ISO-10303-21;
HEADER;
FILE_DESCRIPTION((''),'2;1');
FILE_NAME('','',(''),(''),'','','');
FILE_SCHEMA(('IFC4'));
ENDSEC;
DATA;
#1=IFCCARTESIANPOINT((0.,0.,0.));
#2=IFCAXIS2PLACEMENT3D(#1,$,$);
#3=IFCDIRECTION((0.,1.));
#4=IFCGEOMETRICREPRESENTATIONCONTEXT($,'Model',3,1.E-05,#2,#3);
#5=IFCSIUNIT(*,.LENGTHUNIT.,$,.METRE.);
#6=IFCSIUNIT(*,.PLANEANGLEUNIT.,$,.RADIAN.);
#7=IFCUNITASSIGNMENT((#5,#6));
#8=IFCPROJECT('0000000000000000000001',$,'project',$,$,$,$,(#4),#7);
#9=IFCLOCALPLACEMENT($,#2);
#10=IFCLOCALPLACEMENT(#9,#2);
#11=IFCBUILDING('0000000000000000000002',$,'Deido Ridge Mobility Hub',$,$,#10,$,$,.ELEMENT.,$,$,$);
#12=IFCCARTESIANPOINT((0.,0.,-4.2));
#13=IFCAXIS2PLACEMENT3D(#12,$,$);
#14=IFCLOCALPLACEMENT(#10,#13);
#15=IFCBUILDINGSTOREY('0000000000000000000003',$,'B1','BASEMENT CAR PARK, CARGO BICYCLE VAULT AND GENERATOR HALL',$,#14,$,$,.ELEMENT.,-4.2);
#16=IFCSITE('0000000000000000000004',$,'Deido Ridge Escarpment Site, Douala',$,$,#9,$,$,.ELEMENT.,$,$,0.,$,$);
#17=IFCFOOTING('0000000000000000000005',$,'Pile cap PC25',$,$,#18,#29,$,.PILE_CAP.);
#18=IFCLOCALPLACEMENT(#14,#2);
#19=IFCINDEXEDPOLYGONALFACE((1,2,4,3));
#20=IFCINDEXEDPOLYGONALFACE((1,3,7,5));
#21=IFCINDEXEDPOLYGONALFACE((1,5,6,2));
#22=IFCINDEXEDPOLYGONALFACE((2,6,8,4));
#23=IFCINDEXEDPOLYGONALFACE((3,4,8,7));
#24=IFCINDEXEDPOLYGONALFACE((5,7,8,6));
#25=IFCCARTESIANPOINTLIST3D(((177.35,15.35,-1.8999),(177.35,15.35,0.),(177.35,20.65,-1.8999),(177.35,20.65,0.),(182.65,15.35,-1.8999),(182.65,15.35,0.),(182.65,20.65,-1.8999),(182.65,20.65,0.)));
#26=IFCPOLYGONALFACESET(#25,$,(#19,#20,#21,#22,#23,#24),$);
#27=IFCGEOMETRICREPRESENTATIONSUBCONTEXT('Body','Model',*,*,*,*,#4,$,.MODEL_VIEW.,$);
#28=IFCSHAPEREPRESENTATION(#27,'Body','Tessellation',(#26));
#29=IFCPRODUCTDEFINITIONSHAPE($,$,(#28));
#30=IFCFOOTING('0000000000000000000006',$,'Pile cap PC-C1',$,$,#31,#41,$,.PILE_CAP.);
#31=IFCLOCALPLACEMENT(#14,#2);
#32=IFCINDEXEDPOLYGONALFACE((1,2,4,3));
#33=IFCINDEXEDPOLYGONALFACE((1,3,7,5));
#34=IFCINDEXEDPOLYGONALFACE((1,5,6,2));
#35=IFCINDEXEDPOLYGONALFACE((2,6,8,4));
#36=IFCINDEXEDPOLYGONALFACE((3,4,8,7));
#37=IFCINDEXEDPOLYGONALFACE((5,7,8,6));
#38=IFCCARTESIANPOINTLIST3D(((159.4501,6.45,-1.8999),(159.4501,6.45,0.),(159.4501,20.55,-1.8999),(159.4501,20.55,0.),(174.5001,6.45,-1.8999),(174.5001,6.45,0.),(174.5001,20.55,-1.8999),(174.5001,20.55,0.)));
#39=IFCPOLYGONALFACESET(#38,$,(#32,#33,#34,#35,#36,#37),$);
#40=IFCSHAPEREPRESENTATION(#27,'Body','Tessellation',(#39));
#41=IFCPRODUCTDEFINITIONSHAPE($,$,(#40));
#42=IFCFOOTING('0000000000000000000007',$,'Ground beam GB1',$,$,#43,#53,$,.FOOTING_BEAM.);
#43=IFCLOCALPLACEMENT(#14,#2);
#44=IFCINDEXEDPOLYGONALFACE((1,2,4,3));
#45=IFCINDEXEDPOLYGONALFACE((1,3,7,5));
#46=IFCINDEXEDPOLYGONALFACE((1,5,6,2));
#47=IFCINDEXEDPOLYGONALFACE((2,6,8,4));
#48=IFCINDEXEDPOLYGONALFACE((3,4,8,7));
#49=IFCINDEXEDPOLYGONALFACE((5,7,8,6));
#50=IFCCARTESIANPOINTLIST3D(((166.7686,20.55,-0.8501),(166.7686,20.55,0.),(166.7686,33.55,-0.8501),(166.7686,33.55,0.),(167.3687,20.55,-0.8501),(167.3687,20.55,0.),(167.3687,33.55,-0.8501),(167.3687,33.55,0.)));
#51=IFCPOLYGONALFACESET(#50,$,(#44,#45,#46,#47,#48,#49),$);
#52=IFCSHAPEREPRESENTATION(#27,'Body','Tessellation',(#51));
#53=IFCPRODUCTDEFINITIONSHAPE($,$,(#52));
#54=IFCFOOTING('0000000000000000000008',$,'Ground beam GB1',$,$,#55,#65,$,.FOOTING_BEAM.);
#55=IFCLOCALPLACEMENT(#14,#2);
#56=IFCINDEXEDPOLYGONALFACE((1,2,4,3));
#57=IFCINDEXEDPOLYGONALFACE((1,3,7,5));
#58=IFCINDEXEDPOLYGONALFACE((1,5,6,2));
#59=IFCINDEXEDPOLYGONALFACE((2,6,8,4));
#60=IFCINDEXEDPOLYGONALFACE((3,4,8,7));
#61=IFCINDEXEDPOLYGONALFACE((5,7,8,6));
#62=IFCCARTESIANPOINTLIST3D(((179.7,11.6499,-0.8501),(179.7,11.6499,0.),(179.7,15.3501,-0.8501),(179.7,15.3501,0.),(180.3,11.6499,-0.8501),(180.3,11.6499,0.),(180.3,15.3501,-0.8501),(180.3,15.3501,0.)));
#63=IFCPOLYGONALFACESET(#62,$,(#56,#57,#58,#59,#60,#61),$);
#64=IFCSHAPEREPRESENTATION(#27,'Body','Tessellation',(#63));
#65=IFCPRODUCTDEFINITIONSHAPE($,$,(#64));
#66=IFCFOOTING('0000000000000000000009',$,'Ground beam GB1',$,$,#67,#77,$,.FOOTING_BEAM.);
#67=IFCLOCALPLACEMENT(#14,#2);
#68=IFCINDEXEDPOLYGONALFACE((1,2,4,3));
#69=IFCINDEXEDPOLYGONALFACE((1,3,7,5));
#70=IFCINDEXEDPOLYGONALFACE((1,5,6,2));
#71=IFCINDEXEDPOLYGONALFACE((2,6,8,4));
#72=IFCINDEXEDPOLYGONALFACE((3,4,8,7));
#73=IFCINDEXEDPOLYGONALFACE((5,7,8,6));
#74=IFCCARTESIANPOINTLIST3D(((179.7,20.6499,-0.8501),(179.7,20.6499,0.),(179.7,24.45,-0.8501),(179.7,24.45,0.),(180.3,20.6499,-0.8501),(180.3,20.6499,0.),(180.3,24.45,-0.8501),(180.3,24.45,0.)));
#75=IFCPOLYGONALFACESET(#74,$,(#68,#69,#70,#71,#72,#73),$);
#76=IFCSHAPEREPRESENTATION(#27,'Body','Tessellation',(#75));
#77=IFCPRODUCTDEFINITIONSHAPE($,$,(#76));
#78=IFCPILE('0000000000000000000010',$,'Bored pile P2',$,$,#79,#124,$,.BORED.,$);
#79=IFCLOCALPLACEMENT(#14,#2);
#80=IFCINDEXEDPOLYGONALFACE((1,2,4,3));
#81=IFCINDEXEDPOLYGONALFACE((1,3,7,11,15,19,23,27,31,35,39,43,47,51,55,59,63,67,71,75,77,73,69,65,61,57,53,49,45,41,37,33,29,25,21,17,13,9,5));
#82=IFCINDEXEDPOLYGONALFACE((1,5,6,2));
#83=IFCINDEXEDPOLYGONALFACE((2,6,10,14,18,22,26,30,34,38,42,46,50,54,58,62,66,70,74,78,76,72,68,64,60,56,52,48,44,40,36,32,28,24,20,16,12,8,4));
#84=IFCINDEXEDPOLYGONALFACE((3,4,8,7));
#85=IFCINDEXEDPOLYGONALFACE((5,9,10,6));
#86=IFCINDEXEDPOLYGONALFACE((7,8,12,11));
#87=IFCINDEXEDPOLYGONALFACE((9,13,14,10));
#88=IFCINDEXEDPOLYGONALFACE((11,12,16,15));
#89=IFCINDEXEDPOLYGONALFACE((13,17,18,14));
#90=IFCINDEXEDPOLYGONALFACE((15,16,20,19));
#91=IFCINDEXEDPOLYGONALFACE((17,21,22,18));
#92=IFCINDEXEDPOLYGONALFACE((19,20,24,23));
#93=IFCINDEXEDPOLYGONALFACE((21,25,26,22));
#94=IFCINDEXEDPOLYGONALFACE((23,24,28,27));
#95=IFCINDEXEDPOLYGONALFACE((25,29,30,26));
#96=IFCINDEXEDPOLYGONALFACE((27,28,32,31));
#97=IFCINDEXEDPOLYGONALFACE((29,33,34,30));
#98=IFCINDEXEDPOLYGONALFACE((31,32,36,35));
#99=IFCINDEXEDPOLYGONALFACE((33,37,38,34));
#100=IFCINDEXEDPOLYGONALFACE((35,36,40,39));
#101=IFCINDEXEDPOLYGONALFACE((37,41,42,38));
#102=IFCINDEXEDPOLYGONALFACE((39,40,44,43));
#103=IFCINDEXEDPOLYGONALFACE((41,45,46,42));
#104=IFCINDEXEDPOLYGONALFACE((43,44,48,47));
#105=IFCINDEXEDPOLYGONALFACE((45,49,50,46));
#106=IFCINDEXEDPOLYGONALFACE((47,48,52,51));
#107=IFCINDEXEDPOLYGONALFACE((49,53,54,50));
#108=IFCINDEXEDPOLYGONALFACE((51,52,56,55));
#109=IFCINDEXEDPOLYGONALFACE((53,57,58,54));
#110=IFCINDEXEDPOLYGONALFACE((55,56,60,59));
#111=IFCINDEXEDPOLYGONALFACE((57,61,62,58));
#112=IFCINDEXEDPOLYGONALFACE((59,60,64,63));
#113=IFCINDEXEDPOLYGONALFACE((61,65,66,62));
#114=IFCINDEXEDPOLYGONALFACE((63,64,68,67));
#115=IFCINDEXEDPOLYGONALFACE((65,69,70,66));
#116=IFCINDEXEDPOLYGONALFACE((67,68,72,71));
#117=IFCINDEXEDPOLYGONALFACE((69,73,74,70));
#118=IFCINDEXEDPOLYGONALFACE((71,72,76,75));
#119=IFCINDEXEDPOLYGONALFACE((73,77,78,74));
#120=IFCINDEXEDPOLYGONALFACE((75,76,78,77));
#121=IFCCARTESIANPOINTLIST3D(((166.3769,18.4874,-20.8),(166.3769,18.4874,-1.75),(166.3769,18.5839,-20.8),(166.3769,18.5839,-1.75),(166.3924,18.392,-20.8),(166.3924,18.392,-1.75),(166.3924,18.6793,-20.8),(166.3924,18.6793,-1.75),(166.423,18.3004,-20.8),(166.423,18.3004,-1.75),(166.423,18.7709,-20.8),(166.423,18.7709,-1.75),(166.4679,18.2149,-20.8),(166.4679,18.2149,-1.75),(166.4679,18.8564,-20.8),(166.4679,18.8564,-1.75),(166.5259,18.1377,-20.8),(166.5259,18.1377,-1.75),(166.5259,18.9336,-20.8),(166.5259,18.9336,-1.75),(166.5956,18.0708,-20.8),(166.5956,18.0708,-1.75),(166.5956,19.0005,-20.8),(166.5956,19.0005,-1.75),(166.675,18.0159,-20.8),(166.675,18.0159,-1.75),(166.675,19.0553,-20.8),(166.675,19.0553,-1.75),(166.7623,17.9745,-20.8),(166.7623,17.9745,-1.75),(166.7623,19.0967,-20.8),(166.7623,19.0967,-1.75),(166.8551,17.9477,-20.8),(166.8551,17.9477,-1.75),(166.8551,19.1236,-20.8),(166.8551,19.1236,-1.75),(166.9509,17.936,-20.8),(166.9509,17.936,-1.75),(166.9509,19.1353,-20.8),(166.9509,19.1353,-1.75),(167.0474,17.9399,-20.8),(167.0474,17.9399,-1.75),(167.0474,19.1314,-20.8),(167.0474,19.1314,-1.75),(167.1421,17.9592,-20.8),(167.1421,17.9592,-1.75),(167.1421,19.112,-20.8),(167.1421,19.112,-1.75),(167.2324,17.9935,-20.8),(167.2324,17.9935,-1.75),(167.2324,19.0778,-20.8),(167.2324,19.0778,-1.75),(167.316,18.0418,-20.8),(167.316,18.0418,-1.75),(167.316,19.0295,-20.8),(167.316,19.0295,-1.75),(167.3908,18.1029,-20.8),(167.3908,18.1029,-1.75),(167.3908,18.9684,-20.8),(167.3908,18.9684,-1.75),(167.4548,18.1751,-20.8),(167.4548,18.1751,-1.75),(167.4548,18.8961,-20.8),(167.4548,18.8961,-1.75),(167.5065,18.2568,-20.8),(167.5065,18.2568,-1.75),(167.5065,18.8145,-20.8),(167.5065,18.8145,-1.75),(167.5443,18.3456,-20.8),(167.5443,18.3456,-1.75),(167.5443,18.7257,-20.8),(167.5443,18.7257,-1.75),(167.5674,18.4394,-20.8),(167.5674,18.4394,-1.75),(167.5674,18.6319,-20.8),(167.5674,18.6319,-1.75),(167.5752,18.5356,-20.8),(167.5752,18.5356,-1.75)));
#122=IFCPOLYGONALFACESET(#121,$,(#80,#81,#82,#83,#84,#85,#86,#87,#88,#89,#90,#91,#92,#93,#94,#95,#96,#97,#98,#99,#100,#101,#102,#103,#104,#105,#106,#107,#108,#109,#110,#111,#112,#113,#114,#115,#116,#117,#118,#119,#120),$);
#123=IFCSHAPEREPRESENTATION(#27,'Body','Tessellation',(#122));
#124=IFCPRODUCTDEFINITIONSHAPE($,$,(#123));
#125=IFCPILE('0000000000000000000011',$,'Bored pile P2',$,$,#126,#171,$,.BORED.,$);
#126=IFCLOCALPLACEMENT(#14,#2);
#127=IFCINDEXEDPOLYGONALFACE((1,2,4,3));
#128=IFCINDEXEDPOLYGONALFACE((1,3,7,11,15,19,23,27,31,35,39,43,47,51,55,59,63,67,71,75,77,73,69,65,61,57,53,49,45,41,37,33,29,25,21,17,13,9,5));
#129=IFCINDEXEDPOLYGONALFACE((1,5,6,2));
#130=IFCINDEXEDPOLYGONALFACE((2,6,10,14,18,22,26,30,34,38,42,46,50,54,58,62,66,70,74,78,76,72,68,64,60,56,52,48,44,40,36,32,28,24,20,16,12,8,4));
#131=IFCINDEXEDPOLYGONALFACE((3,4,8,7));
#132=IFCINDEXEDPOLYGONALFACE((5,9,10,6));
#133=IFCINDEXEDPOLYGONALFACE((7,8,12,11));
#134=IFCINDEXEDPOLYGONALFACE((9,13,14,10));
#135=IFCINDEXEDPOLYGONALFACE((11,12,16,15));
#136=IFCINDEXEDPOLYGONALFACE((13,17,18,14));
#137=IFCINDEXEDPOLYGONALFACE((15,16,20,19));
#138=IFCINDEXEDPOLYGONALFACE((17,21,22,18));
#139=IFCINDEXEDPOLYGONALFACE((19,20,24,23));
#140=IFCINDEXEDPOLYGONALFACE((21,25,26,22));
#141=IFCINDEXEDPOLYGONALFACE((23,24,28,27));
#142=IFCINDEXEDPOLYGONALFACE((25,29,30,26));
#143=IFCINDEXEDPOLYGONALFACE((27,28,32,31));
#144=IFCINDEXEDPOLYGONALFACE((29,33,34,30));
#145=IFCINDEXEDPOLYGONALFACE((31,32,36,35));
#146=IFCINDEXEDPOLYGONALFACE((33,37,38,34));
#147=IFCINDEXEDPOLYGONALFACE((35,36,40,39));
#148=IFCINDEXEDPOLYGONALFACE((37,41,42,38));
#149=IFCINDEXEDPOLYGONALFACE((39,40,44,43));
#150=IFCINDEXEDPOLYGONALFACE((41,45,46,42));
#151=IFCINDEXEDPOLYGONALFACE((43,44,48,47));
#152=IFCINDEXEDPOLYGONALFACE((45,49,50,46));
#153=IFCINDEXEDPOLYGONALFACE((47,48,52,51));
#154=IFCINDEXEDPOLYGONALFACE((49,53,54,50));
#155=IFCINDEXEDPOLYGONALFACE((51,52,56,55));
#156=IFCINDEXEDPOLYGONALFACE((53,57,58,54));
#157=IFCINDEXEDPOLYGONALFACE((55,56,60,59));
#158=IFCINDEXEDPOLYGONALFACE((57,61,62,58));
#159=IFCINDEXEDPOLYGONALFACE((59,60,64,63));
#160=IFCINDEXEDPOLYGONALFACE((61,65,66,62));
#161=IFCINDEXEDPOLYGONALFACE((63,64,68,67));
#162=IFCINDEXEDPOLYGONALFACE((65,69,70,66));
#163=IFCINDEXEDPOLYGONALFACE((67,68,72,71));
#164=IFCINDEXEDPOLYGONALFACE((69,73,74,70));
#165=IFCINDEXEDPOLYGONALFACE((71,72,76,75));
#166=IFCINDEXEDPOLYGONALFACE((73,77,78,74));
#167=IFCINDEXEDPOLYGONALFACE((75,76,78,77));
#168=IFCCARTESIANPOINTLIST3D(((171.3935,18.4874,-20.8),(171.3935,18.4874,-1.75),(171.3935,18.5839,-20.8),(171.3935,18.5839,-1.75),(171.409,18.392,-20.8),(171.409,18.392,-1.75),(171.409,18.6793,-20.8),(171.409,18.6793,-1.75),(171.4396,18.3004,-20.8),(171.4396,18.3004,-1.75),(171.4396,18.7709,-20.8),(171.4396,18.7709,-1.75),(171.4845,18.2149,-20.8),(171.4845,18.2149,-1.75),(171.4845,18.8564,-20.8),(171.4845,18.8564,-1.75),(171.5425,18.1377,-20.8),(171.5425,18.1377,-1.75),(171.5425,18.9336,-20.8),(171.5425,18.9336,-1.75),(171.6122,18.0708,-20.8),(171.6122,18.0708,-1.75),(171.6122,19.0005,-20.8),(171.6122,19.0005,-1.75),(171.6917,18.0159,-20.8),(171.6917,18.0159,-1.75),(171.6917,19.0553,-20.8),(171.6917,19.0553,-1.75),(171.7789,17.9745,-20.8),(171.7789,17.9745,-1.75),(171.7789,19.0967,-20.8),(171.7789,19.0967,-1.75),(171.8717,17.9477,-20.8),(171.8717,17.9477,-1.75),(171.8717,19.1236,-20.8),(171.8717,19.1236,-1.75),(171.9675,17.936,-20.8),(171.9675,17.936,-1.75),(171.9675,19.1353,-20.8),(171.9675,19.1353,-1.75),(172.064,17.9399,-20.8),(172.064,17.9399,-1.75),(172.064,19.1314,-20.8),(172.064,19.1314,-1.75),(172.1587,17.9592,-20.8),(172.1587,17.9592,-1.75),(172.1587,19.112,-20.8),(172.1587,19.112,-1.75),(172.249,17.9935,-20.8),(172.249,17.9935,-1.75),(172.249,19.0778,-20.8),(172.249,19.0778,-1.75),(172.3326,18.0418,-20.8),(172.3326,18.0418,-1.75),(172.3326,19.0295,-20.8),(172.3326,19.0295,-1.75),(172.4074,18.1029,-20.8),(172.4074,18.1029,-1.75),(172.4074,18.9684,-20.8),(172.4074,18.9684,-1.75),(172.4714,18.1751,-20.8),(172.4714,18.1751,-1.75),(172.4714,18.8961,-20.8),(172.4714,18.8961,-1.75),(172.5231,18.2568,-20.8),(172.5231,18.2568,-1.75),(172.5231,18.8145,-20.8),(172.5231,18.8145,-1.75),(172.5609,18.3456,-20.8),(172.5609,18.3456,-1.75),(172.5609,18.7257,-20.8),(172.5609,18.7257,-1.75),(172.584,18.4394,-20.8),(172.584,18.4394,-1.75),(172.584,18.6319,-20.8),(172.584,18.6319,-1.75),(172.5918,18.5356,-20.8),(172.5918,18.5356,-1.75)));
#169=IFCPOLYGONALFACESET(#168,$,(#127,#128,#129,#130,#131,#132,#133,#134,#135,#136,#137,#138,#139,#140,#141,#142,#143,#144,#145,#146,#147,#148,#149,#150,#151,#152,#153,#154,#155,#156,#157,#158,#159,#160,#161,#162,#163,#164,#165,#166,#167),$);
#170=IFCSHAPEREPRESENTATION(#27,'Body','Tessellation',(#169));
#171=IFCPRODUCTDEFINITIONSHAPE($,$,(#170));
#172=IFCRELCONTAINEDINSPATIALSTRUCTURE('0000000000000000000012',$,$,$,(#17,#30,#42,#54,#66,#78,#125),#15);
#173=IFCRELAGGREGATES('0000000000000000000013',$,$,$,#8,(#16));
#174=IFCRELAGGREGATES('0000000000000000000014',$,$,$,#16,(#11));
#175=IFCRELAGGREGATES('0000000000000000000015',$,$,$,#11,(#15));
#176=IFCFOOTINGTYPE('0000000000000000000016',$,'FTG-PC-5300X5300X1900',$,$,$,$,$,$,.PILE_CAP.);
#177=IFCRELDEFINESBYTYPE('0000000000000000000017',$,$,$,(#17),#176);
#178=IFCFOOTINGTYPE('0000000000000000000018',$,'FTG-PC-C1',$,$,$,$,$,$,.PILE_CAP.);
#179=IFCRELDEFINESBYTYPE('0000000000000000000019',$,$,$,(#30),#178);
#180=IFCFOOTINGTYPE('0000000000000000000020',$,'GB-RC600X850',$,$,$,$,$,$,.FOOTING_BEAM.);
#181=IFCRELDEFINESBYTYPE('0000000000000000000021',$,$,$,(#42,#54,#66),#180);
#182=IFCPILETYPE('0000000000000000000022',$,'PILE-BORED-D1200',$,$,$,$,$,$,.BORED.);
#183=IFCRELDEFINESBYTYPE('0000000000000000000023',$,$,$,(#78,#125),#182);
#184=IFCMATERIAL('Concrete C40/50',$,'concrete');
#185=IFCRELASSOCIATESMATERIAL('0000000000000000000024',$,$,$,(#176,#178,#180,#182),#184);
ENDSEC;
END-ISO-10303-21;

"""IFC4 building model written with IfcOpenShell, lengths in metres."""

from ifc_helpers import new_model, si_unit, direction, frame, origin, origin_2d, place, context, subcontext, project, spatial, rectangle, circle, extrude, material, material_profile, profile_set, type_object, element, save


model = new_model("IFC4")

# Units and contexts
model_context = context("Model", 3, precision=1e-05, world=origin(), true_north=direction((0.0, 1.0)))
body_context = subcontext(model_context, "Body", "Model", "MODEL_VIEW")
ifc_project = project(units=[si_unit("LENGTHUNIT", "METRE"), si_unit("PLANEANGLEUNIT", "RADIAN")], contexts=[model_context])

# Site, building, storey
site_placement = place(None, origin())
site = spatial("IfcSite", under=ifc_project, at=site_placement, Name="Deido Ridge Escarpment Site, Douala", CompositionType="ELEMENT", RefElevation=0.0)
building_placement = place(site_placement, origin())
building = spatial("IfcBuilding", under=site, at=building_placement, Name="Deido Ridge Mobility Hub", CompositionType="ELEMENT")
storey_placement = place(building_placement, frame((0.0, 0.0, -4.2)))
storey = spatial("IfcBuildingStorey", under=building, at=storey_placement, Name="B1", Description="BASEMENT CAR PARK, CARGO BICYCLE VAULT AND GENERATOR HALL", CompositionType="ELEMENT", Elevation=-4.2)

# Footings
ifc_material_1 = material(Name="Concrete C40/50", Category="concrete")
footing_type_1 = type_object("IfcFootingType", Name="FTG-PC-5300X5300X1900", PredefinedType="PILE_CAP", material=ifc_material_1)
footing_1_placement = place(storey_placement, frame((180.0, 18.0, -1.8999), z_axis=(0.0, 0.0, 1.0), x_axis=(1.0, 0.0, 0.0)))
element("IfcFooting", 1, at=footing_1_placement, inside=storey, type_object=footing_type_1, Name="Pile cap PC25", PredefinedType="PILE_CAP", context=body_context, shape_type="SweptSolid", body=[
    extrude(rectangle(XDim=5.3, YDim=5.3, at=origin_2d()), origin(), (0.0, 0.0, 1.0), 1.8999),
])
footing_type_2 = type_object("IfcFootingType", Name="FTG-PC-C1", PredefinedType="PILE_CAP", material=ifc_material_1)
footing_2_placement = place(storey_placement, frame((166.9751, 13.5, -1.8999), z_axis=(0.0, 0.0, 1.0), x_axis=(1.0, 0.0, 0.0)))
element("IfcFooting", 2, at=footing_2_placement, inside=storey, type_object=footing_type_2, Name="Pile cap PC-C1", PredefinedType="PILE_CAP", context=body_context, shape_type="SweptSolid", body=[
    extrude(rectangle(XDim=15.05, YDim=14.1001, at=origin_2d()), origin(), (0.0, 0.0, 1.0), 1.8999),
])
ifc_material_profile_1 = material_profile(ifc_material_1, rectangle(XDim=0.6001, YDim=0.8501, at=origin_2d()), Name="RC GB 600x850")
ifc_profile_set_1 = profile_set([ifc_material_profile_1], Name="Concrete C40/50")
footing_type_3 = type_object("IfcFootingType", Name="GB-RC600X850", PredefinedType="FOOTING_BEAM", material=ifc_profile_set_1)
footing_3_placement = place(storey_placement, frame((167.0686, 20.55, -0.425), z_axis=(0.0, 1.0, 0.0), x_axis=(-1.0, 0.0, 0.0)))
element("IfcFooting", 3, at=footing_3_placement, inside=storey, type_object=footing_type_3, Name="Ground beam GB1", PredefinedType="FOOTING_BEAM", context=body_context, shape_type="SweptSolid", body=[
    extrude(rectangle(XDim=0.6001, YDim=0.8501, at=origin_2d()), origin(), (0.0, 0.0, 1.0), 13.0),
])
footing_4_placement = place(storey_placement, frame((180.0, 11.6499, -0.425), z_axis=(0.0, 1.0, 0.0), x_axis=(-1.0, 0.0, 0.0)))
element("IfcFooting", 4, at=footing_4_placement, inside=storey, type_object=footing_type_3, Name="Ground beam GB1", PredefinedType="FOOTING_BEAM", context=body_context, shape_type="SweptSolid", body=[
    extrude(rectangle(XDim=0.6001, YDim=0.8501, at=origin_2d()), origin(), (0.0, 0.0, 1.0), 3.7002),
])
footing_5_placement = place(storey_placement, frame((180.0, 20.6499, -0.425), z_axis=(0.0, 1.0, 0.0), x_axis=(-1.0, 0.0, 0.0)))
element("IfcFooting", 5, at=footing_5_placement, inside=storey, type_object=footing_type_3, Name="Ground beam GB1", PredefinedType="FOOTING_BEAM", context=body_context, shape_type="SweptSolid", body=[
    extrude(rectangle(XDim=0.6001, YDim=0.8501, at=origin_2d()), origin(), (0.0, 0.0, 1.0), 3.8),
])

# Piles
ifc_material_profile_2 = material_profile(ifc_material_1, circle(Radius=0.6001, at=origin_2d()), Name="BORED PILE D1200")
ifc_profile_set_2 = profile_set([ifc_material_profile_2], Name="Concrete C40/50")
pile_type = type_object("IfcPileType", Name="PILE-BORED-D1200", PredefinedType="BORED", material=ifc_profile_set_2)
for number, where, z_axis, x_axis, name in (
    (6, (166.9751, 18.5356, -1.75), (0.0, 0.0, -1.0), (1.0, 0.0, 0.0), "Bored pile P2"),
    (7, (171.9917, 18.5356, -1.75), (0.0, 0.0, -1.0), (1.0, 0.0, 0.0), "Bored pile P2"),
):
    element("IfcPile", number, at=place(storey_placement, frame(where, z_axis=z_axis, x_axis=x_axis)), inside=storey, type_object=pile_type, Name=name, PredefinedType="BORED", context=body_context, shape_type="SweptSolid", body=[
        extrude(circle(Radius=0.6001, at=origin_2d()), origin(), (0.0, 0.0, 1.0), 19.05),
    ])

save(model, "model.ifc")
